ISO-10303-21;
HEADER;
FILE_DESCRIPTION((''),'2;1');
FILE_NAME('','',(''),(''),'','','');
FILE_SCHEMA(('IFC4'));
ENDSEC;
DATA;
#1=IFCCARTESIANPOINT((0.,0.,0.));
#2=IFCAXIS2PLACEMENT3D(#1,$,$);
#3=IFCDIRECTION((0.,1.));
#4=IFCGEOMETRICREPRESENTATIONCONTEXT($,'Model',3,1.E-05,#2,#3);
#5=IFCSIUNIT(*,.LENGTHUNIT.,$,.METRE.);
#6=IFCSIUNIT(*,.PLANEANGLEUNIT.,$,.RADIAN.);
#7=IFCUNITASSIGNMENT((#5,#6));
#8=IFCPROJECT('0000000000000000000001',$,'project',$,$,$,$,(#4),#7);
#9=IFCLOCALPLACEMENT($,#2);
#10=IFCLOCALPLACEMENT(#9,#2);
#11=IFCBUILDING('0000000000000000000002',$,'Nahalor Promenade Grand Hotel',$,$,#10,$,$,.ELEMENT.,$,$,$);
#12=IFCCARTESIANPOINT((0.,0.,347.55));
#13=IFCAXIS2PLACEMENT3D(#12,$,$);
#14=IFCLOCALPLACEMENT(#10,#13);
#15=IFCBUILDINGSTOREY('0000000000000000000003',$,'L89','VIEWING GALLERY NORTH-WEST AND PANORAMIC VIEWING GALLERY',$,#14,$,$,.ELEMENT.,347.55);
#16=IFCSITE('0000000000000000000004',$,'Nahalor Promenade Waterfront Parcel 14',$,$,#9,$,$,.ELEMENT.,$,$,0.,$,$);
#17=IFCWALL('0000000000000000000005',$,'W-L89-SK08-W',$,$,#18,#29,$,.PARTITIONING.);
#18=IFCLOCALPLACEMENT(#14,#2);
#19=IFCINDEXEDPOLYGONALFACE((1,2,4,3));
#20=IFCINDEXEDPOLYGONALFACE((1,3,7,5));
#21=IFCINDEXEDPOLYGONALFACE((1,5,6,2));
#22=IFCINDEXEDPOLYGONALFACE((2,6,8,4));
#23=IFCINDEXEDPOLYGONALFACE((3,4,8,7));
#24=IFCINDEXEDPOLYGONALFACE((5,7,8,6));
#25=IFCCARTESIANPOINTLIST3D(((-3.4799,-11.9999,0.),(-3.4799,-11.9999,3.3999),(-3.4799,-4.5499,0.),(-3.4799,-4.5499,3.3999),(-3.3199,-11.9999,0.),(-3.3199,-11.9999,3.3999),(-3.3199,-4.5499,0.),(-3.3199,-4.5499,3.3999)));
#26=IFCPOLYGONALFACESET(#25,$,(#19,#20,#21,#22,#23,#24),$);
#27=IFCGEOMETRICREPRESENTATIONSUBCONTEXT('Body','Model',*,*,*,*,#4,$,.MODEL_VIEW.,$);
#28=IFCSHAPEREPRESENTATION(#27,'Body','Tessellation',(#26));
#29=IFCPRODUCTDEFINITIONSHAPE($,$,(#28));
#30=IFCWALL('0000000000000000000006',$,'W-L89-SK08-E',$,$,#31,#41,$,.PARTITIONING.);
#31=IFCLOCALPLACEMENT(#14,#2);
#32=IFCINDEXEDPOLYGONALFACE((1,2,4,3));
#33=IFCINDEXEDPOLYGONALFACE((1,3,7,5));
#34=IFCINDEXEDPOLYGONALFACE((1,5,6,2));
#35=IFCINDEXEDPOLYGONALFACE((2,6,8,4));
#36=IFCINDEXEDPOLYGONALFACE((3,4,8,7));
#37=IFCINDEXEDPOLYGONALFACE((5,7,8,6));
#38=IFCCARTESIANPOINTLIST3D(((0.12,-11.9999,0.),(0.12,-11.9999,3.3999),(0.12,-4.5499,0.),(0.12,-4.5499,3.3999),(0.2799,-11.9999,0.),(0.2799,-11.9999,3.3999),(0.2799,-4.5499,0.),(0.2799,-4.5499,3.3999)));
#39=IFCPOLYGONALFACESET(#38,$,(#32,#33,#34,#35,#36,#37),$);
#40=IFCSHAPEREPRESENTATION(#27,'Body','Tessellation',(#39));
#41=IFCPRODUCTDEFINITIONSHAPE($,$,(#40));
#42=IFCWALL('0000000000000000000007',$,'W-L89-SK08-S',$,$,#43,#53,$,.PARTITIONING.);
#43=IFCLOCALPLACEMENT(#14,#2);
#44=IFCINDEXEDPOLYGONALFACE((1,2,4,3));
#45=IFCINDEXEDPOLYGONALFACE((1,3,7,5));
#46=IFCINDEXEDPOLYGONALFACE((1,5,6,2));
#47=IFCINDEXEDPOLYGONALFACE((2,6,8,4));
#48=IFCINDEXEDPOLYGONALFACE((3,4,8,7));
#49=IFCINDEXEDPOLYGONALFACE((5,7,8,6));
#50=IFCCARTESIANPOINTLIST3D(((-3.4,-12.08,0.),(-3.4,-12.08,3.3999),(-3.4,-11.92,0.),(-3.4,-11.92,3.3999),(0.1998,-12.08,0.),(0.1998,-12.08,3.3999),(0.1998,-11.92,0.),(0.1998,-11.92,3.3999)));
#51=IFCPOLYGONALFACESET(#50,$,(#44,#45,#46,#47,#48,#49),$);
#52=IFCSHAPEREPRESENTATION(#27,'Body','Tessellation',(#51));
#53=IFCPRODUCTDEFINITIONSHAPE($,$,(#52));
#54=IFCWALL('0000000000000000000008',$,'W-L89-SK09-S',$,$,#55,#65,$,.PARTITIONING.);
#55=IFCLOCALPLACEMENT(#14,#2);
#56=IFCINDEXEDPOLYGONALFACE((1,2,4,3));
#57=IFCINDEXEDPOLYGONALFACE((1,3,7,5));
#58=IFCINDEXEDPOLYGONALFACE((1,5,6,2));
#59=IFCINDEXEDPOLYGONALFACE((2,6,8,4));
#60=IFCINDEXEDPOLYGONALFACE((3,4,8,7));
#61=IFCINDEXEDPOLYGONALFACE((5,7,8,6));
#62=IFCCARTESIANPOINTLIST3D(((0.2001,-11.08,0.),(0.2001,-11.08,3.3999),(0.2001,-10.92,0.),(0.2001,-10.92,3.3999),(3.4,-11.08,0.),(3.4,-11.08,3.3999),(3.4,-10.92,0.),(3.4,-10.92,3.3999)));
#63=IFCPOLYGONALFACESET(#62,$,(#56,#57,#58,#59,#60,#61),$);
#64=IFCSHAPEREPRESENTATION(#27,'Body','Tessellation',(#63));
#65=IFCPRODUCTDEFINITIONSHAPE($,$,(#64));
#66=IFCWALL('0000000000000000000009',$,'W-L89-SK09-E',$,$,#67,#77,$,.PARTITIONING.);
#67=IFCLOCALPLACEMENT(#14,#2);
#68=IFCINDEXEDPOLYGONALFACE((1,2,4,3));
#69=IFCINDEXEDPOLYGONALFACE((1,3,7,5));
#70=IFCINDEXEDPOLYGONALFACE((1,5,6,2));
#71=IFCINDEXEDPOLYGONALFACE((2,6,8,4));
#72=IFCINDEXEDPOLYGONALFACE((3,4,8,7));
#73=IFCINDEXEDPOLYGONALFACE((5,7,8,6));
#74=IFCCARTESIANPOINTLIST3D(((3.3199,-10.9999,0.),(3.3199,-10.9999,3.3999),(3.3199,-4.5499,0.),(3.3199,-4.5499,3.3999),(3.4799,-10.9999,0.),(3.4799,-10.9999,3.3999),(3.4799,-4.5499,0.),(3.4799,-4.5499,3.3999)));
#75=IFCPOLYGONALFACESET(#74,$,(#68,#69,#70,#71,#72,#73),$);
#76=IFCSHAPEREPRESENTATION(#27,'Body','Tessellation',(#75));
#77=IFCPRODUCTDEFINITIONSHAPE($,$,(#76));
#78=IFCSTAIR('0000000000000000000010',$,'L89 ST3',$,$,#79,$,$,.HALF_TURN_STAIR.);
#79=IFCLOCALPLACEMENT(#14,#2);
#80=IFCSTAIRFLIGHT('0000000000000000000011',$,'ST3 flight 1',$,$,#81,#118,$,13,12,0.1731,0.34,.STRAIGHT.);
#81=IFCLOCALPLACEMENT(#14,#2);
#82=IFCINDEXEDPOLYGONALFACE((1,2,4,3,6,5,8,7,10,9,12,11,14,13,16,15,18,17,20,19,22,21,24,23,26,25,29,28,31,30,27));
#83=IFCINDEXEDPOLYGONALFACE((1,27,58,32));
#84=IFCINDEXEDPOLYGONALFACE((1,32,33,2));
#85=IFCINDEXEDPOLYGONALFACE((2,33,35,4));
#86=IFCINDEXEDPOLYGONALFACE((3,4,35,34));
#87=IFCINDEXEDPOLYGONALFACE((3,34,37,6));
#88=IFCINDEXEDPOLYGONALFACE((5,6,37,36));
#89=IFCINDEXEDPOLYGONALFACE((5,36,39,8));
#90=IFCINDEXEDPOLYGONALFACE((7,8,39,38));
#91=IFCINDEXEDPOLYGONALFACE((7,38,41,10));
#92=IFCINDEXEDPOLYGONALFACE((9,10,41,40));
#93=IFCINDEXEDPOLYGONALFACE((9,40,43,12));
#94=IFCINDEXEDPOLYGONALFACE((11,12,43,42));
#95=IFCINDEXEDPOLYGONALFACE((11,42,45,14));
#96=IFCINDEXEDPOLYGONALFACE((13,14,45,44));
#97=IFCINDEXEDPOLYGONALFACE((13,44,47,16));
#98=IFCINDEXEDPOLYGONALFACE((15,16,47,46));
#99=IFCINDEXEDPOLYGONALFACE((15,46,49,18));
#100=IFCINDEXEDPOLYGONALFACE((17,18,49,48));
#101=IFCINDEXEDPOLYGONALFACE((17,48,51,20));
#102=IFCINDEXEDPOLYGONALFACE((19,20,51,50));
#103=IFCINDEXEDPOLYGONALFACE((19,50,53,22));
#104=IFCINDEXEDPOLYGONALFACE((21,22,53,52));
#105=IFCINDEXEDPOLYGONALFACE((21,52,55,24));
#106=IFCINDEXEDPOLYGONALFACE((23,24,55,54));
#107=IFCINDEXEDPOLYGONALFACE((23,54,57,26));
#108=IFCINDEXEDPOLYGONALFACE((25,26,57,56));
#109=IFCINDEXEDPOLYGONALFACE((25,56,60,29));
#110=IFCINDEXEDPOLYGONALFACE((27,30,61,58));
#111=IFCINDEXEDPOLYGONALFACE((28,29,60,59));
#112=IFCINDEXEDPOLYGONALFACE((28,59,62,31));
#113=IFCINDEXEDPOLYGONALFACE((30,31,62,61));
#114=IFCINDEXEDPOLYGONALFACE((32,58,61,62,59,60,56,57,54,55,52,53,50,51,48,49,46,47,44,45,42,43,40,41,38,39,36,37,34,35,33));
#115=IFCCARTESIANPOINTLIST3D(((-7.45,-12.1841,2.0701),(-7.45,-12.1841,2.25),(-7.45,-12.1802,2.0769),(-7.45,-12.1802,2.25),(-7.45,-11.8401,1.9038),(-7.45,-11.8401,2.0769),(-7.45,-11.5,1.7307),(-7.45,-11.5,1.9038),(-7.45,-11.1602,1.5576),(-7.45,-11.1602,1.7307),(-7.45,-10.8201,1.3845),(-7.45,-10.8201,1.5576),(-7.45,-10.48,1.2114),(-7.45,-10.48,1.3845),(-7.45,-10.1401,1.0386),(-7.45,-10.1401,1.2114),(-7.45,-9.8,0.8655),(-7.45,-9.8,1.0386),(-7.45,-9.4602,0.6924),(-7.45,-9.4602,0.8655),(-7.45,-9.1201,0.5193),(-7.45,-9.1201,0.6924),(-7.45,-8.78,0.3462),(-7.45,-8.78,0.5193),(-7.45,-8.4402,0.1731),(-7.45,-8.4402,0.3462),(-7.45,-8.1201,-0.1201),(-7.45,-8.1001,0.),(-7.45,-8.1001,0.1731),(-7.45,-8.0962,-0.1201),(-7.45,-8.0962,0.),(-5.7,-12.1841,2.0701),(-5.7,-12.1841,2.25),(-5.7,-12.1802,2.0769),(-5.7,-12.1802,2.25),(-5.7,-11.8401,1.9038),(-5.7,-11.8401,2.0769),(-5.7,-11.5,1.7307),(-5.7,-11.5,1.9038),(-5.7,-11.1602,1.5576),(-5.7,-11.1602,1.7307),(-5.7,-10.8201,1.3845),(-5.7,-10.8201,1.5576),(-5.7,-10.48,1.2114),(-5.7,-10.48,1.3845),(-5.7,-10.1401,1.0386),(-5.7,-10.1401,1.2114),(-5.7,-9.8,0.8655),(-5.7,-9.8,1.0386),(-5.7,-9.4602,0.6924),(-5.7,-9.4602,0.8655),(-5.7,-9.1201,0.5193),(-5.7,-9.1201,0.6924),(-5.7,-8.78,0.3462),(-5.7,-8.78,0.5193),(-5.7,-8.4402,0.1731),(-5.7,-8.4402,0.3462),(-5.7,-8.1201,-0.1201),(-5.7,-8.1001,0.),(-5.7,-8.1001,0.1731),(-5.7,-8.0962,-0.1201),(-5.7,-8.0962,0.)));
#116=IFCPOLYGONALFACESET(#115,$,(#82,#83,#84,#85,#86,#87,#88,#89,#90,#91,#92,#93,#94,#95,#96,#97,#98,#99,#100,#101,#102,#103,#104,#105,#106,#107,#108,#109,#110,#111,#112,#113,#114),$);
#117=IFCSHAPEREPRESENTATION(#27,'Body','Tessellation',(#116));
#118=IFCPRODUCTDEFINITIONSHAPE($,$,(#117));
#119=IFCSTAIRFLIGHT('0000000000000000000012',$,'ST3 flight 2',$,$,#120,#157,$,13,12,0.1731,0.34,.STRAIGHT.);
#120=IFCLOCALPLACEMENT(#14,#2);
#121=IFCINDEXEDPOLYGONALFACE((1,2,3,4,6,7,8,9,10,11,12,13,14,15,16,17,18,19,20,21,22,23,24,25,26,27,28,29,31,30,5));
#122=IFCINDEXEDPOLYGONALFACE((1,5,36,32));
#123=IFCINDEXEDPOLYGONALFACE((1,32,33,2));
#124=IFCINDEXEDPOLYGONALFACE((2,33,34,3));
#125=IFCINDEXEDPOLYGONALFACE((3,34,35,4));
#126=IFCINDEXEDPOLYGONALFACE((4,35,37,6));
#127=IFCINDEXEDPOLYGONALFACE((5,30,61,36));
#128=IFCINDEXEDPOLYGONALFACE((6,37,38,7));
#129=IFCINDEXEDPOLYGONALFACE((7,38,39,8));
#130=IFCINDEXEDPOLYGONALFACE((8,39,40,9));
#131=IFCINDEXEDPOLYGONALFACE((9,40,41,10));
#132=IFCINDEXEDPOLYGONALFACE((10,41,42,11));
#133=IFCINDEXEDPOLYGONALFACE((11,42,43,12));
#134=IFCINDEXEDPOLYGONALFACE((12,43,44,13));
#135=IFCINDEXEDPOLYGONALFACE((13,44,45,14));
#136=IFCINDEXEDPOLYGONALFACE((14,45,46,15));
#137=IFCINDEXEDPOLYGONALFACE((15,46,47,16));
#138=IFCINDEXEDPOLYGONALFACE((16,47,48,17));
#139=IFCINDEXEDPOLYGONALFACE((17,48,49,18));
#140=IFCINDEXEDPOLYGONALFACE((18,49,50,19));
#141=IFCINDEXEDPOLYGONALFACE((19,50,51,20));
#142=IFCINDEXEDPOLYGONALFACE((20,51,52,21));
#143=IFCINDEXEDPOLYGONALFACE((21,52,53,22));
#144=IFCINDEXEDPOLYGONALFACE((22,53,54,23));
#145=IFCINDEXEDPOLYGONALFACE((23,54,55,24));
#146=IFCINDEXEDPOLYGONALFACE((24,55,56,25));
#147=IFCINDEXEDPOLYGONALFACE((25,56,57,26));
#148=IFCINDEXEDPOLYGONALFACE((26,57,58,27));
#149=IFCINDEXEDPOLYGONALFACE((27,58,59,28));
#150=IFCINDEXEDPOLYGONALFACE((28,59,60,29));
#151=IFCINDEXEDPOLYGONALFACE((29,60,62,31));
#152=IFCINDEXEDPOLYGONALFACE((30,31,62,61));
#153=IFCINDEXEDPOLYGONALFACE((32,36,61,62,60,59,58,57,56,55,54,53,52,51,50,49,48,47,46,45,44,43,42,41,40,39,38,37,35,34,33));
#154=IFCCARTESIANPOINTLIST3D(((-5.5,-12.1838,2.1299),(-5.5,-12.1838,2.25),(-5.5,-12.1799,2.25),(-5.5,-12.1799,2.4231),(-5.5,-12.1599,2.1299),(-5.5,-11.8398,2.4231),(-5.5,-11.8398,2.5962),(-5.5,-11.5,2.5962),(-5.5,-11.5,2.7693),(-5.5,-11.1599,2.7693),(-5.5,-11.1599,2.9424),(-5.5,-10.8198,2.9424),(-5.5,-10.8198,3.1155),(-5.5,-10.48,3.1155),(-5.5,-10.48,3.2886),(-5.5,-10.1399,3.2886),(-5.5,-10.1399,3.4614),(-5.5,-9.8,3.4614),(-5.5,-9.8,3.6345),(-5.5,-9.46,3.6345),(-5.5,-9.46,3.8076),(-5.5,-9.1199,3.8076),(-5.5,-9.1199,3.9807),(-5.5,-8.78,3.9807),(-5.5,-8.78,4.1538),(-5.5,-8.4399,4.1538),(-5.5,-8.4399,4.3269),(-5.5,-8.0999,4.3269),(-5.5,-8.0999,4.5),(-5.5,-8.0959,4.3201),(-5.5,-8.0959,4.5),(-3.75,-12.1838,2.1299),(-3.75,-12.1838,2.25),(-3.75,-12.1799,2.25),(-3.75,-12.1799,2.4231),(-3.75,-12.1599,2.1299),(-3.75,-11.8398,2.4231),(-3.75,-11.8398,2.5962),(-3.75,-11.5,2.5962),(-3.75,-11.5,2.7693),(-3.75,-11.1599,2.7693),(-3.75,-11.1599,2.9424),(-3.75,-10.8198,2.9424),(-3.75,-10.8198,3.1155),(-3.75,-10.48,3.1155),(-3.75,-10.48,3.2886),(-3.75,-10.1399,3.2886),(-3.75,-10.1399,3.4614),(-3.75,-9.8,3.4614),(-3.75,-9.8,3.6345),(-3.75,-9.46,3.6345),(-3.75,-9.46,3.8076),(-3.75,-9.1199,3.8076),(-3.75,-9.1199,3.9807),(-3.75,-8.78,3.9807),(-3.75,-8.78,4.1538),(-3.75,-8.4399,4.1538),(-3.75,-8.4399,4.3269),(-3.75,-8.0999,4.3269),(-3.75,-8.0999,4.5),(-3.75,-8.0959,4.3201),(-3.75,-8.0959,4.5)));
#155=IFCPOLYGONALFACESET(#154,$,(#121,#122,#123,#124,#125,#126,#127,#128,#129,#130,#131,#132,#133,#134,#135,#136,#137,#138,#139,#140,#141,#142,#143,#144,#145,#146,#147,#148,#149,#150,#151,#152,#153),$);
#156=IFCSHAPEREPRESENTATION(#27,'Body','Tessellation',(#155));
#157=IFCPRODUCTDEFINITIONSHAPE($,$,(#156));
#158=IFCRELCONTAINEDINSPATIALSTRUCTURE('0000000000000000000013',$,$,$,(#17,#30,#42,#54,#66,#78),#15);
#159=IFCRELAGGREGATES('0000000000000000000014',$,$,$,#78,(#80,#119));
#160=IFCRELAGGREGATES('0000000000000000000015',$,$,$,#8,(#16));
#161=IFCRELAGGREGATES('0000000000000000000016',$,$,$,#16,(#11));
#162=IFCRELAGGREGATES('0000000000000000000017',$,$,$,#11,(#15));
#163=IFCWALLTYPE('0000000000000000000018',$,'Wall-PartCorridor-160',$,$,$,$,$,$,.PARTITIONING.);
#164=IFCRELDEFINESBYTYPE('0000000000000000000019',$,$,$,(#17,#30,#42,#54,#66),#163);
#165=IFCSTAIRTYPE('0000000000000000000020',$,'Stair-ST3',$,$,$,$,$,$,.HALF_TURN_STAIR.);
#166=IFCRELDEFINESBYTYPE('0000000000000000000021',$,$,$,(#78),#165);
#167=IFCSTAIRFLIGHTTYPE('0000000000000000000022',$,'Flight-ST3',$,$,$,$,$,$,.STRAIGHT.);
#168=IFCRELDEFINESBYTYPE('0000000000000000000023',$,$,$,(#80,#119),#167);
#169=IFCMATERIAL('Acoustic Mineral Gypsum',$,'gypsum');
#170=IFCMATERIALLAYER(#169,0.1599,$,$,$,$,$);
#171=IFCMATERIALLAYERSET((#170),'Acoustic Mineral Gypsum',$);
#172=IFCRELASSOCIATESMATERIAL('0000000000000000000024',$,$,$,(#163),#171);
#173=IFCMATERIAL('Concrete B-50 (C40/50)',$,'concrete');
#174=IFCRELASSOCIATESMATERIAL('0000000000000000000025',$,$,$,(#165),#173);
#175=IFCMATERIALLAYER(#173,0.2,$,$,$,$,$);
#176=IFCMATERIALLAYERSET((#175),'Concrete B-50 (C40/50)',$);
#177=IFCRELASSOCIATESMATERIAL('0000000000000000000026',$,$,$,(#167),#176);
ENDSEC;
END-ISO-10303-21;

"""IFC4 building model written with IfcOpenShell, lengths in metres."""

from ifc_helpers import new_model, si_unit, direction, frame, frame_2d, origin, place, context, subcontext, project, spatial, polyline, rectangle, outline, extrude, source, transform, mapped, material, layer, layer_set, type_object, element, aggregate, save


model = new_model("IFC4")

# Units and contexts
model_context = context("Model", 3, precision=1e-05, world=origin(), true_north=direction((0.0, 1.0)))
body_context = subcontext(model_context, "Body", "Model", "MODEL_VIEW")
ifc_project = project(units=[si_unit("LENGTHUNIT", "METRE"), si_unit("PLANEANGLEUNIT", "RADIAN")], contexts=[model_context])

# Site, building, storey
site_placement = place(None, origin())
site = spatial("IfcSite", under=ifc_project, at=site_placement, Name="Nahalor Promenade Waterfront Parcel 14", CompositionType="ELEMENT", RefElevation=0.0)
building_placement = place(site_placement, origin())
building = spatial("IfcBuilding", under=site, at=building_placement, Name="Nahalor Promenade Grand Hotel", CompositionType="ELEMENT")
storey_placement = place(building_placement, frame((0.0, 0.0, 347.55)))
storey = spatial("IfcBuildingStorey", under=building, at=storey_placement, Name="L89", Description="VIEWING GALLERY NORTH-WEST AND PANORAMIC VIEWING GALLERY", CompositionType="ELEMENT", Elevation=347.55)

# Shared definitions
ifc_material_1 = material(Name="Concrete B-50 (C40/50)", Category="concrete")

# Walls
ifc_material_2 = material(Name="Acoustic Mineral Gypsum", Category="gypsum")
ifc_layer_1 = layer(ifc_material_2, 0.1599)
ifc_layer_set_1 = layer_set([ifc_layer_1], Name="Acoustic Mineral Gypsum")
wall_type_1 = type_object("IfcWallType", Name="Wall-PartCorridor-160", PredefinedType="PARTITIONING", material=ifc_layer_set_1)
shared_shape_1 = source(origin(), body_context, "Body", "SweptSolid", [
    extrude(rectangle(XDim=7.45, YDim=0.1599, at=frame_2d((3.7251, 0.0))), origin(), (0.0, 0.0, 1.0), 3.3999),
])
for number, where, z_axis, x_axis, name in (
    (1, (-3.3999, -12.0, 0.0), (0.0, 0.0, 1.0), (0.0, 1.0, 0.0), "W-L89-SK08-W"),
    (2, (0.2, -12.0, 0.0), (0.0, 0.0, 1.0), (0.0, 1.0, 0.0), "W-L89-SK08-E"),
):
    element("IfcWall", number, at=place(storey_placement, frame(where, z_axis=z_axis, x_axis=x_axis)), inside=storey, type_object=wall_type_1, Name=name, PredefinedType="PARTITIONING", context=body_context, shape_type="MappedRepresentation", body=[
        mapped(shared_shape_1, transform((0.0, 0.0, 0.0), scale=1.0)),
    ])
shared_shape_2 = source(origin(), body_context, "Body", "SweptSolid", [
    extrude(rectangle(XDim=3.5999, YDim=0.1599, at=frame_2d((1.7998, 0.0))), origin(), (0.0, 0.0, 1.0), 3.3999),
])
wall_1_placement = place(storey_placement, frame((-3.3999, -12.0, 0.0), z_axis=(0.0, 0.0, 1.0), x_axis=(1.0, 0.0, 0.0)))
element("IfcWall", 3, at=wall_1_placement, inside=storey, type_object=wall_type_1, Name="W-L89-SK08-S", PredefinedType="PARTITIONING", context=body_context, shape_type="MappedRepresentation", body=[
    mapped(shared_shape_2, transform((0.0, 0.0, 0.0), scale=1.0)),
])
shared_shape_3 = source(origin(), body_context, "Body", "SweptSolid", [
    extrude(rectangle(XDim=3.2, YDim=0.1599, at=frame_2d((1.6001, 0.0))), origin(), (0.0, 0.0, 1.0), 3.3999),
])
wall_2_placement = place(storey_placement, frame((0.2, -11.0, 0.0), z_axis=(0.0, 0.0, 1.0), x_axis=(1.0, 0.0, 0.0)))
element("IfcWall", 4, at=wall_2_placement, inside=storey, type_object=wall_type_1, Name="W-L89-SK09-S", PredefinedType="PARTITIONING", context=body_context, shape_type="MappedRepresentation", body=[
    mapped(shared_shape_3, transform((0.0, 0.0, 0.0), scale=1.0)),
])
shared_shape_4 = source(origin(), body_context, "Body", "SweptSolid", [
    extrude(rectangle(XDim=6.45, YDim=0.1599, at=frame_2d((3.2251, 0.0))), origin(), (0.0, 0.0, 1.0), 3.3999),
])
wall_3_placement = place(storey_placement, frame((3.3999, -11.0, 0.0), z_axis=(0.0, 0.0, 1.0), x_axis=(0.0, 1.0, 0.0)))
element("IfcWall", 5, at=wall_3_placement, inside=storey, type_object=wall_type_1, Name="W-L89-SK09-E", PredefinedType="PARTITIONING", context=body_context, shape_type="MappedRepresentation", body=[
    mapped(shared_shape_4, transform((0.0, 0.0, 0.0), scale=1.0)),
])

# Stair, stair flights
stair_type = type_object("IfcStairType", Name="Stair-ST3", PredefinedType="HALF_TURN_STAIR", material=ifc_material_1)
stair_placement = place(storey_placement, origin())
stair = element("IfcStair", 6, at=stair_placement, inside=storey, type_object=stair_type, Name="L89 ST3", PredefinedType="HALF_TURN_STAIR")
ifc_layer_2 = layer(ifc_material_1, 0.2)
ifc_layer_set_2 = layer_set([ifc_layer_2], Name="Concrete B-50 (C40/50)")
stair_flight_type = type_object("IfcStairFlightType", Name="Flight-ST3", PredefinedType="STRAIGHT", material=ifc_layer_set_2)
shared_shape_5 = source(origin(), body_context, "Body", "SweptSolid", [
    extrude(outline(polyline([(-0.0039, -0.1201), (-0.0039, 0.0), (0.0, 0.0), (0.0, 0.1731), (0.3401, 0.1731), (0.3401, 0.3462), (0.6799, 0.3462), (0.6799, 0.5193), (1.02, 0.5193), (1.02, 0.6924), (1.3601, 0.6924), (1.3601, 0.8655), (1.7, 0.8655), (1.7, 1.0386), (2.04, 1.0386), (2.04, 1.2114), (2.3799, 1.2114), (2.3799, 1.3845), (2.72, 1.3845), (2.72, 1.5576), (3.0601, 1.5576), (3.0601, 1.7307), (3.3999, 1.7307), (3.3999, 1.9038), (3.74, 1.9038), (3.74, 2.0769), (4.0801, 2.0769), (4.0801, 2.25), (4.084, 2.25), (4.084, 2.0701), (0.02, -0.1201), (-0.0039, -0.1201)])), frame((0.0, 0.875, 0.0), z_axis=(0.0, -1.0, 0.0), x_axis=(1.0, 0.0, 0.0)), (0.0, 0.0, 1.0), 1.75),
])
stair_flight_1_placement = place(storey_placement, frame((-6.575, -8.1001, 0.0), z_axis=(0.0, 0.0, 1.0), x_axis=(0.0, -1.0, 0.0)))
stair_flight_1 = element("IfcStairFlight", 7, at=stair_flight_1_placement, type_object=stair_flight_type, Name="ST3 flight 1", NumberOfRisers=13, NumberOfTreads=12, PredefinedType="STRAIGHT", RiserHeight=0.1731, TreadLength=0.34, context=body_context, shape_type="MappedRepresentation", body=[
    mapped(shared_shape_5, transform((0.0, 0.0, 0.0), scale=1.0)),
])
stair_flight_2_placement = place(storey_placement, frame((-4.625, -12.1799, 2.25), z_axis=(0.0, 0.0, 1.0), x_axis=(0.0, 1.0, 0.0)))
stair_flight_2 = element("IfcStairFlight", 8, at=stair_flight_2_placement, type_object=stair_flight_type, Name="ST3 flight 2", NumberOfRisers=13, NumberOfTreads=12, PredefinedType="STRAIGHT", RiserHeight=0.1731, TreadLength=0.34, context=body_context, shape_type="MappedRepresentation", body=[
    mapped(shared_shape_5, transform((0.0, 0.0, 0.0), scale=1.0)),
])
aggregate(stair, [stair_flight_1, stair_flight_2])

save(model, "model.ifc")
